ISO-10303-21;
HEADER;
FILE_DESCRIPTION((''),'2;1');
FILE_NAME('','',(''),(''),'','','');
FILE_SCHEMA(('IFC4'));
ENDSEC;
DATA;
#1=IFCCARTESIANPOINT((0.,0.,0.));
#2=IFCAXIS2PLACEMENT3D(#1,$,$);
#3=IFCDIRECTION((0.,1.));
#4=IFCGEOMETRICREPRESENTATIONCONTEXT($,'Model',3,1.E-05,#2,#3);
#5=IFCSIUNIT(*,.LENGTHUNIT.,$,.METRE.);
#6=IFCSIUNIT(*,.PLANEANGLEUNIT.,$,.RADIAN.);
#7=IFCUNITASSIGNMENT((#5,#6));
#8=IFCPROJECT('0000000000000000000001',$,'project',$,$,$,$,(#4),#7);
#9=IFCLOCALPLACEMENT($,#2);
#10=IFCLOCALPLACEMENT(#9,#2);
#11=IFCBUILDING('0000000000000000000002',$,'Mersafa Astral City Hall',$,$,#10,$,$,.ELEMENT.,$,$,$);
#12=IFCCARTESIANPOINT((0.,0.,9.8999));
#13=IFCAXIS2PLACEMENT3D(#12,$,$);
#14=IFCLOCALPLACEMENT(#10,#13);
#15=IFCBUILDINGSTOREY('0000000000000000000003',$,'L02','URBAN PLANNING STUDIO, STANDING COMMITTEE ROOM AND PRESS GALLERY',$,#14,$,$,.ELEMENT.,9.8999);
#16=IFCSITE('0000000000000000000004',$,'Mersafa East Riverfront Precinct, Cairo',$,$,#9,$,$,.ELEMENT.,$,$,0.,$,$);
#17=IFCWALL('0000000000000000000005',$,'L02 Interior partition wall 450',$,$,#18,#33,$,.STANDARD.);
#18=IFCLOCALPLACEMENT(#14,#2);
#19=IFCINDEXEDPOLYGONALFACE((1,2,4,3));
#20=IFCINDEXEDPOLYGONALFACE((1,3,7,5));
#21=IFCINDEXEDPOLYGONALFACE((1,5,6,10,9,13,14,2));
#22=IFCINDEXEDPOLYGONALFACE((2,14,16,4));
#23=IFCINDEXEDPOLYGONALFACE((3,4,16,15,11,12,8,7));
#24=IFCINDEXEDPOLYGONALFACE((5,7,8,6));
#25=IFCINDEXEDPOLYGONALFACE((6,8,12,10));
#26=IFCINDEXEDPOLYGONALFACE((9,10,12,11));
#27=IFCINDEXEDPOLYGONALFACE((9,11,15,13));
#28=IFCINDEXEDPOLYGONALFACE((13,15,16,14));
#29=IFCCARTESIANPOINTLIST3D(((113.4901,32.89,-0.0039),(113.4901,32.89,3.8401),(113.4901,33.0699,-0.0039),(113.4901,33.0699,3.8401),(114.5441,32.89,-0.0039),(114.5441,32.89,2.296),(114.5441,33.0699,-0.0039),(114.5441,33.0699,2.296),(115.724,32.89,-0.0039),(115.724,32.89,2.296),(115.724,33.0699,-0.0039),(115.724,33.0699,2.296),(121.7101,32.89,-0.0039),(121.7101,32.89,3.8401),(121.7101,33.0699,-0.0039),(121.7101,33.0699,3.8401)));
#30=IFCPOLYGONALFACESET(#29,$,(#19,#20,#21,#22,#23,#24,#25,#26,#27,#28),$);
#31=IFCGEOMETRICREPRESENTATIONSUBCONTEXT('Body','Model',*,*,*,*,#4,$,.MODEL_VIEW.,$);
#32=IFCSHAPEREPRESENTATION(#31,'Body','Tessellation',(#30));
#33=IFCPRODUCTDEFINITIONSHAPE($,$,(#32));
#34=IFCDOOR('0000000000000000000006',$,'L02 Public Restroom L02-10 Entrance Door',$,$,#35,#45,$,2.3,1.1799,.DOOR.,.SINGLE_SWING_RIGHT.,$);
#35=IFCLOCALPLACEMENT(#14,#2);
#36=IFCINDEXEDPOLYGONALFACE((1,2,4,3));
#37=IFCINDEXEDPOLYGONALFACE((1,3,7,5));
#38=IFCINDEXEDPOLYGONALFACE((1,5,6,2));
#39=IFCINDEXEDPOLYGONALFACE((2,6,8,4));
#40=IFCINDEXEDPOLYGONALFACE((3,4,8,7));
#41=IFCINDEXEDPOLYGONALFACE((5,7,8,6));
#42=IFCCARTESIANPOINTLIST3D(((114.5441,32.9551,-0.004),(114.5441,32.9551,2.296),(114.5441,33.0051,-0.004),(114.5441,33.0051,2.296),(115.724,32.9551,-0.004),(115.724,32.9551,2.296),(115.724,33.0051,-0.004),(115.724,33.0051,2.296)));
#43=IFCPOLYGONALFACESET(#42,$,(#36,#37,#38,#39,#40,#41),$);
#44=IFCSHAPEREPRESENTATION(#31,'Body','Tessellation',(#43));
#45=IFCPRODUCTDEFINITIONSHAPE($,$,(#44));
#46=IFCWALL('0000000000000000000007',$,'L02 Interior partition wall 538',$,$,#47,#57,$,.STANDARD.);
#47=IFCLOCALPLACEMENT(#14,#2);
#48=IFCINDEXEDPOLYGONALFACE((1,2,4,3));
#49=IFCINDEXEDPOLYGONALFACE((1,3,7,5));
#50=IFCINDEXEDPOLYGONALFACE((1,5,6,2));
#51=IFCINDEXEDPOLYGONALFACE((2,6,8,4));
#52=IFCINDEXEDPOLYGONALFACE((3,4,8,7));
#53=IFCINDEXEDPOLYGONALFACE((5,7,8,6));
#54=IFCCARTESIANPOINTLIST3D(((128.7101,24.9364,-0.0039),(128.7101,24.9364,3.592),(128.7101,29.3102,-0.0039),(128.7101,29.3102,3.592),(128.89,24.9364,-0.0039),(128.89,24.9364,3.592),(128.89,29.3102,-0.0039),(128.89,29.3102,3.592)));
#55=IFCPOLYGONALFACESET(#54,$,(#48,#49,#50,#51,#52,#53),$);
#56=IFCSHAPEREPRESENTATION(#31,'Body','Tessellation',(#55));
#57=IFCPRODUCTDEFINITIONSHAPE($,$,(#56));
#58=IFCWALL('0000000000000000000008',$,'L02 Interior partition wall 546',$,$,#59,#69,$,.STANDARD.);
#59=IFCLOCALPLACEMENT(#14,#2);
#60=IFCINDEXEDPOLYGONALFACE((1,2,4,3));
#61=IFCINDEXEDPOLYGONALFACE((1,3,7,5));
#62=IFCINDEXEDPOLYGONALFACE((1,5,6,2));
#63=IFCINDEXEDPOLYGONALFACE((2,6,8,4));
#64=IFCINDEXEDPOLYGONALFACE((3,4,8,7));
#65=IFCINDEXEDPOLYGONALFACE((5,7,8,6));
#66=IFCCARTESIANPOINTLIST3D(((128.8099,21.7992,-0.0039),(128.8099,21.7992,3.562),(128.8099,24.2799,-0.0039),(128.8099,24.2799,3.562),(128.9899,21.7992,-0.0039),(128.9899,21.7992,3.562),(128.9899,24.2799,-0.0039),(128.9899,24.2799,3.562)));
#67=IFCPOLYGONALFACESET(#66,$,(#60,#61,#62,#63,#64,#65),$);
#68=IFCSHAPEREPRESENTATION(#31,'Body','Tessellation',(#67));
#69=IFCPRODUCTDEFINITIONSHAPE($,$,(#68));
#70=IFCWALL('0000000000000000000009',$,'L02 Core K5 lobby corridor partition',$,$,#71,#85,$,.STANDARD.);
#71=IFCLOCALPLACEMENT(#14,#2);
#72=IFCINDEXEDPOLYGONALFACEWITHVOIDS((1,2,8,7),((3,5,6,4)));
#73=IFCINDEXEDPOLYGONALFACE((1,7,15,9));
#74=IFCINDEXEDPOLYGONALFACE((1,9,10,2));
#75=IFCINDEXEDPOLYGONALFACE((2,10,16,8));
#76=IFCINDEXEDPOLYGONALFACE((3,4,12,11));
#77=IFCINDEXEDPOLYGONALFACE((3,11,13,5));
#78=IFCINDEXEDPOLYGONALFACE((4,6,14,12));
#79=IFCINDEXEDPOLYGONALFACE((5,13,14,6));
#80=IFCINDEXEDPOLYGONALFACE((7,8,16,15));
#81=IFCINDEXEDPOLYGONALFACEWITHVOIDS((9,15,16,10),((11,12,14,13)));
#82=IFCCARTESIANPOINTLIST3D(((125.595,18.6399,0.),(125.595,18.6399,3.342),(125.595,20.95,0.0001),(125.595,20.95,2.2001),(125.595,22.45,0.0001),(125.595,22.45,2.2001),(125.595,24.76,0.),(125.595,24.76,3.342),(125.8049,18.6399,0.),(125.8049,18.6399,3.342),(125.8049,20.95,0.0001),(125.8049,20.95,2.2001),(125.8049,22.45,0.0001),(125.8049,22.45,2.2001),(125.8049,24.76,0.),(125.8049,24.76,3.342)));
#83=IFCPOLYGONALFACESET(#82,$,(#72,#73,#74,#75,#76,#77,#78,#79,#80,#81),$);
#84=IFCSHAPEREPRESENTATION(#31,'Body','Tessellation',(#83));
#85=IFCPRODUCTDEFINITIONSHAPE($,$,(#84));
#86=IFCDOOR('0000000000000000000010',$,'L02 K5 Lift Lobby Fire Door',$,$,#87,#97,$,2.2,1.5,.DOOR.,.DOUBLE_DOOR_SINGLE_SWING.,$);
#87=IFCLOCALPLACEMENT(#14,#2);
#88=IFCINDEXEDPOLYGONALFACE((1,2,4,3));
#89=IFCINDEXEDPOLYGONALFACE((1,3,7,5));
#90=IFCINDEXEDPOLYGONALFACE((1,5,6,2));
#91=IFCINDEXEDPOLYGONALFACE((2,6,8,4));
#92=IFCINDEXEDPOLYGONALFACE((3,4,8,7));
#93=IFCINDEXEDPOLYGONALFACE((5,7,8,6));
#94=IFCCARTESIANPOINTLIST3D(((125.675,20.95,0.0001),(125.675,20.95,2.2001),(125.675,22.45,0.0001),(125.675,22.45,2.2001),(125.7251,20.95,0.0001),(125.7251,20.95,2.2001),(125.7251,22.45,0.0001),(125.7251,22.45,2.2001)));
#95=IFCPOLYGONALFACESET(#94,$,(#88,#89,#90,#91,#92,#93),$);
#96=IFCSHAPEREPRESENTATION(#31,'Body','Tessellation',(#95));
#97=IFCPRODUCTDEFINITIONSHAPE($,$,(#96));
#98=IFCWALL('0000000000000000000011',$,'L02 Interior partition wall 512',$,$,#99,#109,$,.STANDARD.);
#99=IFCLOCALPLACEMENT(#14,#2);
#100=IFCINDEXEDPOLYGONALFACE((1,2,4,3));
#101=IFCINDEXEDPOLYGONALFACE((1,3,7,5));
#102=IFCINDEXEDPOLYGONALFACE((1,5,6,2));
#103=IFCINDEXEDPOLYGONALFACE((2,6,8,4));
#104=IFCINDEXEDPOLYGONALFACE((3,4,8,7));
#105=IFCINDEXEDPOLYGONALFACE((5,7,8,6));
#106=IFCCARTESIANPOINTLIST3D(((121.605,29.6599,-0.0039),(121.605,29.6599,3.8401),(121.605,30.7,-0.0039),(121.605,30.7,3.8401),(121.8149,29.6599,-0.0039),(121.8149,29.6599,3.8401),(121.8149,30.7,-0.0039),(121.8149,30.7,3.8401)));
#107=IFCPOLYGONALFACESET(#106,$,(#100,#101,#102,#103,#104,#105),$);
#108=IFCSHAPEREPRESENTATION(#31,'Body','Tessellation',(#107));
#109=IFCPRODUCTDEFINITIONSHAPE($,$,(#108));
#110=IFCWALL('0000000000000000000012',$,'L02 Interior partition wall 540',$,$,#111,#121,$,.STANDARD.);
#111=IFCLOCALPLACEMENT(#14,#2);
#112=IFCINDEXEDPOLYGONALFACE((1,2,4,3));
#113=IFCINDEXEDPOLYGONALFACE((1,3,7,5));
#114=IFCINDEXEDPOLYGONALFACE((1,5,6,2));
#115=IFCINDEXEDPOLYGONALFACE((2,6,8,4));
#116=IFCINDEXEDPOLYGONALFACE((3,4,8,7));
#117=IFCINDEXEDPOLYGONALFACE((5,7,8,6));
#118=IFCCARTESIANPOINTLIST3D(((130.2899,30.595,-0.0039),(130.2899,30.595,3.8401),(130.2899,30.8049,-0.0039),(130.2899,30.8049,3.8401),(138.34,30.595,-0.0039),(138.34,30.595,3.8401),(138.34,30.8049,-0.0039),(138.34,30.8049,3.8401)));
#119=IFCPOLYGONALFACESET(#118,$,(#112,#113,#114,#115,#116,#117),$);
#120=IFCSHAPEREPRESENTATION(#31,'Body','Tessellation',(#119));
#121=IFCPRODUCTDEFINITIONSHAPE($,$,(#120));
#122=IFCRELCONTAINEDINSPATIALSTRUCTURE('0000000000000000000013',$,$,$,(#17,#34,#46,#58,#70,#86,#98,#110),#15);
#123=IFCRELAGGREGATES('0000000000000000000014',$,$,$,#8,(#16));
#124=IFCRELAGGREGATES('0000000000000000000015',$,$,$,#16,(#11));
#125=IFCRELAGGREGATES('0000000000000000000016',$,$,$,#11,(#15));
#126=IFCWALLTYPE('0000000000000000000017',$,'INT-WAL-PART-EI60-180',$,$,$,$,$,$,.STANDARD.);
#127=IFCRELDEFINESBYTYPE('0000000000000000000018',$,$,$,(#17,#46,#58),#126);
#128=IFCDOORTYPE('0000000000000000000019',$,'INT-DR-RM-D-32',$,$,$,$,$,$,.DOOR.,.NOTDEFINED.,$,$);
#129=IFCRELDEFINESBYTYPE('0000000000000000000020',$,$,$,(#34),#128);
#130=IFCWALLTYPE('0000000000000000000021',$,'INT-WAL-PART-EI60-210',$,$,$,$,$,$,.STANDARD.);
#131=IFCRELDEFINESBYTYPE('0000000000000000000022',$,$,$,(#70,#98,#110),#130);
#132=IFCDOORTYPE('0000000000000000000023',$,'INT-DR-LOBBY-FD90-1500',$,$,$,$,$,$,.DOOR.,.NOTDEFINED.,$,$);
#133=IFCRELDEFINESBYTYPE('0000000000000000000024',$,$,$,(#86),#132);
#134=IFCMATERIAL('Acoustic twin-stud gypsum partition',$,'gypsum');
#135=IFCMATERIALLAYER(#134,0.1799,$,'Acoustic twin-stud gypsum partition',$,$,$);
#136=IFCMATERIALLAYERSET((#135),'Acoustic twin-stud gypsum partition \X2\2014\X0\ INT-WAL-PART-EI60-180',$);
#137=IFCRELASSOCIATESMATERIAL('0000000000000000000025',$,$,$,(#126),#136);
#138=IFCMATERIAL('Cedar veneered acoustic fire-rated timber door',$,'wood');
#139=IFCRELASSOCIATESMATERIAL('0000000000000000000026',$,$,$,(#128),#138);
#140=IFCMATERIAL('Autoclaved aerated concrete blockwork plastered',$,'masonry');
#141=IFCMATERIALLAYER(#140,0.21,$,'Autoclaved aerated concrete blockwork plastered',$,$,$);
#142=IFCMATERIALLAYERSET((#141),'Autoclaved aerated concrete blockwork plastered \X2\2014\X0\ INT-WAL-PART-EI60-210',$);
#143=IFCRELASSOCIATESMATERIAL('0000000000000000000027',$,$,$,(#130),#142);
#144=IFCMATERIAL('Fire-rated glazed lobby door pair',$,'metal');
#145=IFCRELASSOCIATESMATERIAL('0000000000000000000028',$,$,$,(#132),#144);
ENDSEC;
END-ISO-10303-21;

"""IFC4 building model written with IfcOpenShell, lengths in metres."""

from ifc_helpers import new_model, si_unit, direction, frame, frame_2d, origin, place, context, subcontext, project, spatial, rectangle, extrude, material, layer, layer_set, type_object, element, fill, save


model = new_model("IFC4")

# Units and contexts
model_context = context("Model", 3, precision=1e-05, world=origin(), true_north=direction((0.0, 1.0)))
body_context = subcontext(model_context, "Body", "Model", "MODEL_VIEW")
ifc_project = project(units=[si_unit("LENGTHUNIT", "METRE"), si_unit("PLANEANGLEUNIT", "RADIAN")], contexts=[model_context])

# Site, building, storey
site_placement = place(None, origin())
site = spatial("IfcSite", under=ifc_project, at=site_placement, Name="Mersafa East Riverfront Precinct, Cairo", CompositionType="ELEMENT", RefElevation=0.0)
building_placement = place(site_placement, origin())
building = spatial("IfcBuilding", under=site, at=building_placement, Name="Mersafa Astral City Hall", CompositionType="ELEMENT")
storey_placement = place(building_placement, frame((0.0, 0.0, 9.8999)))
storey = spatial("IfcBuildingStorey", under=building, at=storey_placement, Name="L02", Description="URBAN PLANNING STUDIO, STANDING COMMITTEE ROOM AND PRESS GALLERY", CompositionType="ELEMENT", Elevation=9.8999)

# Wall, opening, door
ifc_material_1 = material(Name="Acoustic twin-stud gypsum partition", Category="gypsum")
ifc_layer_1 = layer(ifc_material_1, 0.1799, Name="Acoustic twin-stud gypsum partition")
ifc_layer_set_1 = layer_set([ifc_layer_1], Name="Acoustic twin-stud gypsum partition — INT-WAL-PART-EI60-180")
wall_type_1 = type_object("IfcWallType", Name="INT-WAL-PART-EI60-180", PredefinedType="STANDARD", material=ifc_layer_set_1)
wall_1_placement = place(storey_placement, frame((121.71, 32.98, -0.0039), z_axis=(0.0, 0.0, 1.0), x_axis=(-1.0, 0.0, 0.0)))
wall_1 = element("IfcWall", 1, at=wall_1_placement, inside=storey, type_object=wall_type_1, Name="L02 Interior partition wall 450", PredefinedType="STANDARD", context=body_context, shape_type="SweptSolid", body=[
    extrude(rectangle(XDim=8.22, YDim=0.1799, at=frame_2d((4.1099, 0.0))), origin(), (0.0, 0.0, 1.0), 3.844),
])
opening_1_placement = place(wall_1_placement, frame((5.9861, 0.0, 0.0)))
opening_1 = element("IfcOpeningElement", 2, at=opening_1_placement, cuts=wall_1, PredefinedType="OPENING", context=body_context, shape_type="SweptSolid", body=[
    extrude(rectangle(XDim=1.1799, YDim=2.3, at=frame_2d((0.5898, 1.1499))), frame((0.0, 0.0999, 0.0), z_axis=(0.0, -1.0, 0.0), x_axis=(1.0, 0.0, 0.0)), (0.0, 0.0, 1.0), 0.2),
])
ifc_material_2 = material(Name="Cedar veneered acoustic fire-rated timber door", Category="wood")
door_type_1 = type_object("IfcDoorType", Name="INT-DR-RM-D-32", OperationType="NOTDEFINED", PredefinedType="DOOR", material=ifc_material_2)
door_1_placement = place(opening_1_placement, origin())
door_1 = element("IfcDoor", 3, at=door_1_placement, inside=storey, type_object=door_type_1, Name="L02 Public Restroom L02-10 Entrance Door", OperationType="SINGLE_SWING_RIGHT", OverallHeight=2.3, OverallWidth=1.1799, PredefinedType="DOOR", context=body_context, shape_type="SweptSolid", body=[
    extrude(rectangle(XDim=1.1799, YDim=2.3, at=frame_2d((0.5898, 1.1499))), frame((0.0, 0.0249, 0.0), z_axis=(0.0, -1.0, 0.0), x_axis=(1.0, 0.0, 0.0)), (0.0, 0.0, 1.0), 0.05),
])
fill(opening_1, door_1)

# Walls
wall_2_placement = place(storey_placement, frame((128.8, 24.9363, -0.0039), z_axis=(0.0, 0.0, 1.0), x_axis=(0.0, 1.0, 0.0)))
element("IfcWall", 4, at=wall_2_placement, inside=storey, type_object=wall_type_1, Name="L02 Interior partition wall 538", PredefinedType="STANDARD", context=body_context, shape_type="SweptSolid", body=[
    extrude(rectangle(XDim=4.3738, YDim=0.1799, at=frame_2d((2.187, 0.0))), origin(), (0.0, 0.0, 1.0), 3.5959),
])
wall_3_placement = place(storey_placement, frame((128.8999, 21.7993, -0.0039), z_axis=(0.0, 0.0, 1.0), x_axis=(0.0, 1.0, 0.0)))
element("IfcWall", 5, at=wall_3_placement, inside=storey, type_object=wall_type_1, Name="L02 Interior partition wall 546", PredefinedType="STANDARD", context=body_context, shape_type="SweptSolid", body=[
    extrude(rectangle(XDim=2.4807, YDim=0.1799, at=frame_2d((1.2402, 0.0))), origin(), (0.0, 0.0, 1.0), 3.5659),
])

# Wall, opening, door
ifc_material_3 = material(Name="Autoclaved aerated concrete blockwork plastered", Category="masonry")
ifc_layer_2 = layer(ifc_material_3, 0.21, Name="Autoclaved aerated concrete blockwork plastered")
ifc_layer_set_2 = layer_set([ifc_layer_2], Name="Autoclaved aerated concrete blockwork plastered — INT-WAL-PART-EI60-210")
wall_type_2 = type_object("IfcWallType", Name="INT-WAL-PART-EI60-210", PredefinedType="STANDARD", material=ifc_layer_set_2)
wall_4_placement = place(storey_placement, frame((125.7, 18.6399, 0.0), z_axis=(0.0, 0.0, 1.0), x_axis=(0.0, 1.0, 0.0)))
wall_4 = element("IfcWall", 6, at=wall_4_placement, inside=storey, type_object=wall_type_2, Name="L02 Core K5 lobby corridor partition", PredefinedType="STANDARD", context=body_context, shape_type="SweptSolid", body=[
    extrude(rectangle(XDim=6.1201, YDim=0.21, at=frame_2d((3.0601, 0.0))), origin(), (0.0, 0.0, 1.0), 3.342),
])
opening_2_placement = place(wall_4_placement, frame((2.3101, 0.0, 0.0)))
opening_2 = element("IfcOpeningElement", 7, at=opening_2_placement, cuts=wall_4, PredefinedType="OPENING", context=body_context, shape_type="SweptSolid", body=[
    extrude(rectangle(XDim=1.5, YDim=2.2, at=frame_2d((0.75, 1.1001))), frame((0.0, 0.115, 0.0), z_axis=(0.0, -1.0, 0.0), x_axis=(1.0, 0.0, 0.0)), (0.0, 0.0, 1.0), 0.23),
])
ifc_material_4 = material(Name="Fire-rated glazed lobby door pair", Category="metal")
door_type_2 = type_object("IfcDoorType", Name="INT-DR-LOBBY-FD90-1500", OperationType="NOTDEFINED", PredefinedType="DOOR", material=ifc_material_4)
door_2_placement = place(opening_2_placement, origin())
door_2 = element("IfcDoor", 8, at=door_2_placement, inside=storey, type_object=door_type_2, Name="L02 K5 Lift Lobby Fire Door", OperationType="DOUBLE_DOOR_SINGLE_SWING", OverallHeight=2.2, OverallWidth=1.5, PredefinedType="DOOR", context=body_context, shape_type="SweptSolid", body=[
    extrude(rectangle(XDim=1.5, YDim=2.2, at=frame_2d((0.75, 1.1001))), frame((0.0, 0.0249, 0.0), z_axis=(0.0, -1.0, 0.0), x_axis=(1.0, 0.0, 0.0)), (0.0, 0.0, 1.0), 0.05),
])
fill(opening_2, door_2)

# Walls
wall_5_placement = place(storey_placement, frame((121.71, 30.7, -0.0039), z_axis=(0.0, 0.0, 1.0), x_axis=(0.0, -1.0, 0.0)))
element("IfcWall", 9, at=wall_5_placement, inside=storey, type_object=wall_type_2, Name="L02 Interior partition wall 512", PredefinedType="STANDARD", context=body_context, shape_type="SweptSolid", body=[
    extrude(rectangle(XDim=1.04, YDim=0.21, at=frame_2d((0.52, 0.0))), origin(), (0.0, 0.0, 1.0), 3.844),
])
wall_6_placement = place(storey_placement, frame((130.29, 30.7, -0.0039), z_axis=(0.0, 0.0, 1.0), x_axis=(1.0, 0.0, 0.0)))
element("IfcWall", 10, at=wall_6_placement, inside=storey, type_object=wall_type_2, Name="L02 Interior partition wall 540", PredefinedType="STANDARD", context=body_context, shape_type="SweptSolid", body=[
    extrude(rectangle(XDim=8.05, YDim=0.21, at=frame_2d((4.0249, 0.0))), origin(), (0.0, 0.0, 1.0), 3.844),
])

save(model, "model.ifc")
